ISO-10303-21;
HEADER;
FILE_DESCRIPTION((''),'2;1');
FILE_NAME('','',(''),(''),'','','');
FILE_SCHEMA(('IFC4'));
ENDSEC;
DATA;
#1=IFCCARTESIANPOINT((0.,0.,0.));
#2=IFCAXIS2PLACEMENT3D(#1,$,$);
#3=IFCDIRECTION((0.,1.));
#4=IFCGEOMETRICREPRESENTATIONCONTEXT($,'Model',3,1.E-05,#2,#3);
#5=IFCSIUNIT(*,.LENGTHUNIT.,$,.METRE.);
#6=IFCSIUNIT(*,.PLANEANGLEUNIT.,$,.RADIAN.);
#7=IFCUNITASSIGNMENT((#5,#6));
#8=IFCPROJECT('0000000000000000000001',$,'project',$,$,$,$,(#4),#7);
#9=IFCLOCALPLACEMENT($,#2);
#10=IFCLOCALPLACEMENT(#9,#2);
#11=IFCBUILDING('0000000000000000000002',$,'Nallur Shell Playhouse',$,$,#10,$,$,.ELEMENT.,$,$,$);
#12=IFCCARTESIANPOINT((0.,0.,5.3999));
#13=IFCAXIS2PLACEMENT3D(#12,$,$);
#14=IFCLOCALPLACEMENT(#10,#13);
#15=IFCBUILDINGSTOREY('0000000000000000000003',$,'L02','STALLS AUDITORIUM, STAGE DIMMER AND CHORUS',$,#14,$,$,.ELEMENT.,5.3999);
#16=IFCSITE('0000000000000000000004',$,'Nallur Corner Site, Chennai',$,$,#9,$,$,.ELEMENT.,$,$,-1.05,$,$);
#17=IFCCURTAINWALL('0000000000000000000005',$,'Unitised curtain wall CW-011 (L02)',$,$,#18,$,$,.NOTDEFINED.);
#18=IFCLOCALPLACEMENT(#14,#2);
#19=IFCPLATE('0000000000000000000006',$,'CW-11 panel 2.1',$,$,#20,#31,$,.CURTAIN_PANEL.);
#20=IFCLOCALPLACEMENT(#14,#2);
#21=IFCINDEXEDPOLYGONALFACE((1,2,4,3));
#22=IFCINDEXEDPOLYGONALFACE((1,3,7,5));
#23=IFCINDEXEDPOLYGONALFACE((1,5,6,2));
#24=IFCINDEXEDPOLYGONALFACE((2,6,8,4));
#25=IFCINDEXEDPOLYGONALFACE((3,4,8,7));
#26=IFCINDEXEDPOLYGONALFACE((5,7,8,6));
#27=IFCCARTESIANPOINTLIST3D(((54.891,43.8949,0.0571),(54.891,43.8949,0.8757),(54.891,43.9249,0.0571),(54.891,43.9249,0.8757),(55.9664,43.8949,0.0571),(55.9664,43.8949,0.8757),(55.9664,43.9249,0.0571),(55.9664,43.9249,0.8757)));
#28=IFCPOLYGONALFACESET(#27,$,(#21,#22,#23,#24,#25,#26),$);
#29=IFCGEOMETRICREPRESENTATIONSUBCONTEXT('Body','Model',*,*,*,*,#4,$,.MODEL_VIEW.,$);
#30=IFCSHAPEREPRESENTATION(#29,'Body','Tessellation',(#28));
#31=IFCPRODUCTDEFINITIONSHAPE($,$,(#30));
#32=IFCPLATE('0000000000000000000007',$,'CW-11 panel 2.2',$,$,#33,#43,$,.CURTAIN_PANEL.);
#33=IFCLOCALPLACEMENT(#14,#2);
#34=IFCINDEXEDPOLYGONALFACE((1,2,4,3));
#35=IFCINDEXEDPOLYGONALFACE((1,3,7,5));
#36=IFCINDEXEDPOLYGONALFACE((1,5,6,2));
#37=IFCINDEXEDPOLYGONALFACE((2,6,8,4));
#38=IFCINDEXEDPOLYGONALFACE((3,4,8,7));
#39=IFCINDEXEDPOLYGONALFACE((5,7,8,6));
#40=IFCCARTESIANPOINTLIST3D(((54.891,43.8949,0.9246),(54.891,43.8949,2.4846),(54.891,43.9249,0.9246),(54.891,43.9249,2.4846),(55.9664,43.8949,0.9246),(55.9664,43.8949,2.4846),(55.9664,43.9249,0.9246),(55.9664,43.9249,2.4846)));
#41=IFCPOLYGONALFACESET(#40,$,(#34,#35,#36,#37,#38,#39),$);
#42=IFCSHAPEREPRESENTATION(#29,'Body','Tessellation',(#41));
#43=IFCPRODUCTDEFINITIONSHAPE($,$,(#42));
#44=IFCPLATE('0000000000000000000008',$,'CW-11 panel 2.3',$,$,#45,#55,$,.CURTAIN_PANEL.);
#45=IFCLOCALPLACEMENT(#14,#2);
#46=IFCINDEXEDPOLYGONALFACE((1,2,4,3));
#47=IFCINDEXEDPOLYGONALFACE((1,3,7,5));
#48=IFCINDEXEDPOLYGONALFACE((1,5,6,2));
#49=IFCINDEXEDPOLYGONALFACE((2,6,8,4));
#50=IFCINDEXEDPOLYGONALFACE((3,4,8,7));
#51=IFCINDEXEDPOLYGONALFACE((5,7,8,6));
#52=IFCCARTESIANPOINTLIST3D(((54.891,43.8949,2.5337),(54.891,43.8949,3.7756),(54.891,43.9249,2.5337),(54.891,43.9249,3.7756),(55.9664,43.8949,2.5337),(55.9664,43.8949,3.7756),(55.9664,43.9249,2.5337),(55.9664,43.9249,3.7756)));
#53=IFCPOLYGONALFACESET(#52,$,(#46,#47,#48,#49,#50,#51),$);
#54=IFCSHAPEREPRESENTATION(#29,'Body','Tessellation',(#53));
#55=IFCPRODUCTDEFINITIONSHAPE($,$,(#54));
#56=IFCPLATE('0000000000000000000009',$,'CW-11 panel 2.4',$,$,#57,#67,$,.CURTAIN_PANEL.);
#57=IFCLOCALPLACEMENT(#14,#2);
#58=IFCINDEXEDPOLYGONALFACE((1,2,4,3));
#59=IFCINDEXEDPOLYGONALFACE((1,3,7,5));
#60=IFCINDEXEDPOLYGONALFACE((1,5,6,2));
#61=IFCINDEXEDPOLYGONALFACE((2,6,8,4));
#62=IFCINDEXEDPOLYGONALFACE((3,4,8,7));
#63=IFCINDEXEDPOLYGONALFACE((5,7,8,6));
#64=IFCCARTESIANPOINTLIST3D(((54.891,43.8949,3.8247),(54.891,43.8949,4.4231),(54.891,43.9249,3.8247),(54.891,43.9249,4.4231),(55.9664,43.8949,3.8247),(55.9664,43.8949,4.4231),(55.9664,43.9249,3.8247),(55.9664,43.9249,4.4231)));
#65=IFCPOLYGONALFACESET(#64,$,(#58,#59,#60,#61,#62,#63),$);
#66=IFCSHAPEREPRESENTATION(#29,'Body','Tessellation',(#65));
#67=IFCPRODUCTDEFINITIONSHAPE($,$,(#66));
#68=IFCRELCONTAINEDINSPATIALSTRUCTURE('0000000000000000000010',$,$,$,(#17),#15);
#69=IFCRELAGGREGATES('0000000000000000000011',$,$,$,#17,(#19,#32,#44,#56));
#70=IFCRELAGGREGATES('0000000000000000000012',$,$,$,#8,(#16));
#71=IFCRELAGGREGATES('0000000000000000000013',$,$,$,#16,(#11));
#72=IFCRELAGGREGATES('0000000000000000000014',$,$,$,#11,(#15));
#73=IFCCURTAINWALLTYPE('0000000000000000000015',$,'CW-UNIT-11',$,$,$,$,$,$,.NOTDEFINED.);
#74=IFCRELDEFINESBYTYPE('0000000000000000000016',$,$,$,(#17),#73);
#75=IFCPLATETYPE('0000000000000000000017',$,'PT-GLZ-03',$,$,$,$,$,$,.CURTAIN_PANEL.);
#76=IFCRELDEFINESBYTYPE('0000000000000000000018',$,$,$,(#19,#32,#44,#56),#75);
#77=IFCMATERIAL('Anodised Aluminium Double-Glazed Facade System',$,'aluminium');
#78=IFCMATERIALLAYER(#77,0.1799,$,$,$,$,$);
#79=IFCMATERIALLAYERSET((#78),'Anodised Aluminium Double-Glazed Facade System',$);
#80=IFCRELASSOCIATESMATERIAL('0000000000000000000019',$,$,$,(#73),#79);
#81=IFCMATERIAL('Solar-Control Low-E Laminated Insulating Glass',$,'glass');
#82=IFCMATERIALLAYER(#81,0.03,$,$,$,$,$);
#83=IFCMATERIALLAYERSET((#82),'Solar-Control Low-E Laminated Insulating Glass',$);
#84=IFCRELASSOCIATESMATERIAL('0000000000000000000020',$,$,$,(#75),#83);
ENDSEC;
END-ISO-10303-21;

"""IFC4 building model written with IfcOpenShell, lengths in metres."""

from ifc_helpers import new_model, si_unit, direction, frame, origin, origin_2d, place, context, subcontext, project, spatial, rectangle, extrude, material, layer, layer_set, type_object, element, aggregate, save


model = new_model("IFC4")

# Units and contexts
model_context = context("Model", 3, precision=1e-05, world=origin(), true_north=direction((0.0, 1.0)))
body_context = subcontext(model_context, "Body", "Model", "MODEL_VIEW")
ifc_project = project(units=[si_unit("LENGTHUNIT", "METRE"), si_unit("PLANEANGLEUNIT", "RADIAN")], contexts=[model_context])

# Site, building, storey
site_placement = place(None, origin())
site = spatial("IfcSite", under=ifc_project, at=site_placement, Name="Nallur Corner Site, Chennai", CompositionType="ELEMENT", RefElevation=-1.05)
building_placement = place(site_placement, origin())
building = spatial("IfcBuilding", under=site, at=building_placement, Name="Nallur Shell Playhouse", CompositionType="ELEMENT")
storey_placement = place(building_placement, frame((0.0, 0.0, 5.3999)))
storey = spatial("IfcBuildingStorey", under=building, at=storey_placement, Name="L02", Description="STALLS AUDITORIUM, STAGE DIMMER AND CHORUS", CompositionType="ELEMENT", Elevation=5.3999)

# Curtain wall
ifc_material_1 = material(Name="Anodised Aluminium Double-Glazed Facade System", Category="aluminium")
ifc_layer_1 = layer(ifc_material_1, 0.1799)
ifc_layer_set_1 = layer_set([ifc_layer_1], Name="Anodised Aluminium Double-Glazed Facade System")
curtain_wall_type_1 = type_object("IfcCurtainWallType", Name="CW-UNIT-11", PredefinedType="NOTDEFINED", material=ifc_layer_set_1)
curtain_wall_1_placement = place(storey_placement, origin())
curtain_wall_1 = element("IfcCurtainWall", 1, at=curtain_wall_1_placement, inside=storey, type_object=curtain_wall_type_1, Name="Unitised curtain wall CW-011 (L02)", PredefinedType="NOTDEFINED")

# Plates
ifc_material_2 = material(Name="Solar-Control Low-E Laminated Insulating Glass", Category="glass")
ifc_layer_2 = layer(ifc_material_2, 0.03)
ifc_layer_set_2 = layer_set([ifc_layer_2], Name="Solar-Control Low-E Laminated Insulating Glass")
plate_type_1 = type_object("IfcPlateType", Name="PT-GLZ-03", PredefinedType="CURTAIN_PANEL", material=ifc_layer_set_2)
plate_1_placement = place(storey_placement, frame((55.4287, 43.9099, 0.0571), z_axis=(0.0, 0.0, 1.0), x_axis=(1.0, 0.0, 0.0)))
plate_1 = element("IfcPlate", 2, at=plate_1_placement, type_object=plate_type_1, Name="CW-11 panel 2.1", PredefinedType="CURTAIN_PANEL", context=body_context, shape_type="SweptSolid", body=[
    extrude(rectangle(XDim=1.0754, YDim=0.03, at=origin_2d()), origin(), (0.0, 0.0, 1.0), 0.8186),
])
plate_2_placement = place(storey_placement, frame((55.4287, 43.9099, 0.9246), z_axis=(0.0, 0.0, 1.0), x_axis=(1.0, 0.0, 0.0)))
plate_2 = element("IfcPlate", 3, at=plate_2_placement, type_object=plate_type_1, Name="CW-11 panel 2.2", PredefinedType="CURTAIN_PANEL", context=body_context, shape_type="SweptSolid", body=[
    extrude(rectangle(XDim=1.0754, YDim=0.03, at=origin_2d()), origin(), (0.0, 0.0, 1.0), 1.5601),
])
plate_3_placement = place(storey_placement, frame((55.4287, 43.9099, 2.5337), z_axis=(0.0, 0.0, 1.0), x_axis=(1.0, 0.0, 0.0)))
plate_3 = element("IfcPlate", 4, at=plate_3_placement, type_object=plate_type_1, Name="CW-11 panel 2.3", PredefinedType="CURTAIN_PANEL", context=body_context, shape_type="SweptSolid", body=[
    extrude(rectangle(XDim=1.0754, YDim=0.03, at=origin_2d()), origin(), (0.0, 0.0, 1.0), 1.2419),
])
plate_4_placement = place(storey_placement, frame((55.4287, 43.9099, 3.8247), z_axis=(0.0, 0.0, 1.0), x_axis=(1.0, 0.0, 0.0)))
plate_4 = element("IfcPlate", 5, at=plate_4_placement, type_object=plate_type_1, Name="CW-11 panel 2.4", PredefinedType="CURTAIN_PANEL", context=body_context, shape_type="SweptSolid", body=[
    extrude(rectangle(XDim=1.0754, YDim=0.03, at=origin_2d()), origin(), (0.0, 0.0, 1.0), 0.5984),
])
aggregate(curtain_wall_1, [plate_1, plate_2, plate_3, plate_4])

save(model, "model.ifc")
